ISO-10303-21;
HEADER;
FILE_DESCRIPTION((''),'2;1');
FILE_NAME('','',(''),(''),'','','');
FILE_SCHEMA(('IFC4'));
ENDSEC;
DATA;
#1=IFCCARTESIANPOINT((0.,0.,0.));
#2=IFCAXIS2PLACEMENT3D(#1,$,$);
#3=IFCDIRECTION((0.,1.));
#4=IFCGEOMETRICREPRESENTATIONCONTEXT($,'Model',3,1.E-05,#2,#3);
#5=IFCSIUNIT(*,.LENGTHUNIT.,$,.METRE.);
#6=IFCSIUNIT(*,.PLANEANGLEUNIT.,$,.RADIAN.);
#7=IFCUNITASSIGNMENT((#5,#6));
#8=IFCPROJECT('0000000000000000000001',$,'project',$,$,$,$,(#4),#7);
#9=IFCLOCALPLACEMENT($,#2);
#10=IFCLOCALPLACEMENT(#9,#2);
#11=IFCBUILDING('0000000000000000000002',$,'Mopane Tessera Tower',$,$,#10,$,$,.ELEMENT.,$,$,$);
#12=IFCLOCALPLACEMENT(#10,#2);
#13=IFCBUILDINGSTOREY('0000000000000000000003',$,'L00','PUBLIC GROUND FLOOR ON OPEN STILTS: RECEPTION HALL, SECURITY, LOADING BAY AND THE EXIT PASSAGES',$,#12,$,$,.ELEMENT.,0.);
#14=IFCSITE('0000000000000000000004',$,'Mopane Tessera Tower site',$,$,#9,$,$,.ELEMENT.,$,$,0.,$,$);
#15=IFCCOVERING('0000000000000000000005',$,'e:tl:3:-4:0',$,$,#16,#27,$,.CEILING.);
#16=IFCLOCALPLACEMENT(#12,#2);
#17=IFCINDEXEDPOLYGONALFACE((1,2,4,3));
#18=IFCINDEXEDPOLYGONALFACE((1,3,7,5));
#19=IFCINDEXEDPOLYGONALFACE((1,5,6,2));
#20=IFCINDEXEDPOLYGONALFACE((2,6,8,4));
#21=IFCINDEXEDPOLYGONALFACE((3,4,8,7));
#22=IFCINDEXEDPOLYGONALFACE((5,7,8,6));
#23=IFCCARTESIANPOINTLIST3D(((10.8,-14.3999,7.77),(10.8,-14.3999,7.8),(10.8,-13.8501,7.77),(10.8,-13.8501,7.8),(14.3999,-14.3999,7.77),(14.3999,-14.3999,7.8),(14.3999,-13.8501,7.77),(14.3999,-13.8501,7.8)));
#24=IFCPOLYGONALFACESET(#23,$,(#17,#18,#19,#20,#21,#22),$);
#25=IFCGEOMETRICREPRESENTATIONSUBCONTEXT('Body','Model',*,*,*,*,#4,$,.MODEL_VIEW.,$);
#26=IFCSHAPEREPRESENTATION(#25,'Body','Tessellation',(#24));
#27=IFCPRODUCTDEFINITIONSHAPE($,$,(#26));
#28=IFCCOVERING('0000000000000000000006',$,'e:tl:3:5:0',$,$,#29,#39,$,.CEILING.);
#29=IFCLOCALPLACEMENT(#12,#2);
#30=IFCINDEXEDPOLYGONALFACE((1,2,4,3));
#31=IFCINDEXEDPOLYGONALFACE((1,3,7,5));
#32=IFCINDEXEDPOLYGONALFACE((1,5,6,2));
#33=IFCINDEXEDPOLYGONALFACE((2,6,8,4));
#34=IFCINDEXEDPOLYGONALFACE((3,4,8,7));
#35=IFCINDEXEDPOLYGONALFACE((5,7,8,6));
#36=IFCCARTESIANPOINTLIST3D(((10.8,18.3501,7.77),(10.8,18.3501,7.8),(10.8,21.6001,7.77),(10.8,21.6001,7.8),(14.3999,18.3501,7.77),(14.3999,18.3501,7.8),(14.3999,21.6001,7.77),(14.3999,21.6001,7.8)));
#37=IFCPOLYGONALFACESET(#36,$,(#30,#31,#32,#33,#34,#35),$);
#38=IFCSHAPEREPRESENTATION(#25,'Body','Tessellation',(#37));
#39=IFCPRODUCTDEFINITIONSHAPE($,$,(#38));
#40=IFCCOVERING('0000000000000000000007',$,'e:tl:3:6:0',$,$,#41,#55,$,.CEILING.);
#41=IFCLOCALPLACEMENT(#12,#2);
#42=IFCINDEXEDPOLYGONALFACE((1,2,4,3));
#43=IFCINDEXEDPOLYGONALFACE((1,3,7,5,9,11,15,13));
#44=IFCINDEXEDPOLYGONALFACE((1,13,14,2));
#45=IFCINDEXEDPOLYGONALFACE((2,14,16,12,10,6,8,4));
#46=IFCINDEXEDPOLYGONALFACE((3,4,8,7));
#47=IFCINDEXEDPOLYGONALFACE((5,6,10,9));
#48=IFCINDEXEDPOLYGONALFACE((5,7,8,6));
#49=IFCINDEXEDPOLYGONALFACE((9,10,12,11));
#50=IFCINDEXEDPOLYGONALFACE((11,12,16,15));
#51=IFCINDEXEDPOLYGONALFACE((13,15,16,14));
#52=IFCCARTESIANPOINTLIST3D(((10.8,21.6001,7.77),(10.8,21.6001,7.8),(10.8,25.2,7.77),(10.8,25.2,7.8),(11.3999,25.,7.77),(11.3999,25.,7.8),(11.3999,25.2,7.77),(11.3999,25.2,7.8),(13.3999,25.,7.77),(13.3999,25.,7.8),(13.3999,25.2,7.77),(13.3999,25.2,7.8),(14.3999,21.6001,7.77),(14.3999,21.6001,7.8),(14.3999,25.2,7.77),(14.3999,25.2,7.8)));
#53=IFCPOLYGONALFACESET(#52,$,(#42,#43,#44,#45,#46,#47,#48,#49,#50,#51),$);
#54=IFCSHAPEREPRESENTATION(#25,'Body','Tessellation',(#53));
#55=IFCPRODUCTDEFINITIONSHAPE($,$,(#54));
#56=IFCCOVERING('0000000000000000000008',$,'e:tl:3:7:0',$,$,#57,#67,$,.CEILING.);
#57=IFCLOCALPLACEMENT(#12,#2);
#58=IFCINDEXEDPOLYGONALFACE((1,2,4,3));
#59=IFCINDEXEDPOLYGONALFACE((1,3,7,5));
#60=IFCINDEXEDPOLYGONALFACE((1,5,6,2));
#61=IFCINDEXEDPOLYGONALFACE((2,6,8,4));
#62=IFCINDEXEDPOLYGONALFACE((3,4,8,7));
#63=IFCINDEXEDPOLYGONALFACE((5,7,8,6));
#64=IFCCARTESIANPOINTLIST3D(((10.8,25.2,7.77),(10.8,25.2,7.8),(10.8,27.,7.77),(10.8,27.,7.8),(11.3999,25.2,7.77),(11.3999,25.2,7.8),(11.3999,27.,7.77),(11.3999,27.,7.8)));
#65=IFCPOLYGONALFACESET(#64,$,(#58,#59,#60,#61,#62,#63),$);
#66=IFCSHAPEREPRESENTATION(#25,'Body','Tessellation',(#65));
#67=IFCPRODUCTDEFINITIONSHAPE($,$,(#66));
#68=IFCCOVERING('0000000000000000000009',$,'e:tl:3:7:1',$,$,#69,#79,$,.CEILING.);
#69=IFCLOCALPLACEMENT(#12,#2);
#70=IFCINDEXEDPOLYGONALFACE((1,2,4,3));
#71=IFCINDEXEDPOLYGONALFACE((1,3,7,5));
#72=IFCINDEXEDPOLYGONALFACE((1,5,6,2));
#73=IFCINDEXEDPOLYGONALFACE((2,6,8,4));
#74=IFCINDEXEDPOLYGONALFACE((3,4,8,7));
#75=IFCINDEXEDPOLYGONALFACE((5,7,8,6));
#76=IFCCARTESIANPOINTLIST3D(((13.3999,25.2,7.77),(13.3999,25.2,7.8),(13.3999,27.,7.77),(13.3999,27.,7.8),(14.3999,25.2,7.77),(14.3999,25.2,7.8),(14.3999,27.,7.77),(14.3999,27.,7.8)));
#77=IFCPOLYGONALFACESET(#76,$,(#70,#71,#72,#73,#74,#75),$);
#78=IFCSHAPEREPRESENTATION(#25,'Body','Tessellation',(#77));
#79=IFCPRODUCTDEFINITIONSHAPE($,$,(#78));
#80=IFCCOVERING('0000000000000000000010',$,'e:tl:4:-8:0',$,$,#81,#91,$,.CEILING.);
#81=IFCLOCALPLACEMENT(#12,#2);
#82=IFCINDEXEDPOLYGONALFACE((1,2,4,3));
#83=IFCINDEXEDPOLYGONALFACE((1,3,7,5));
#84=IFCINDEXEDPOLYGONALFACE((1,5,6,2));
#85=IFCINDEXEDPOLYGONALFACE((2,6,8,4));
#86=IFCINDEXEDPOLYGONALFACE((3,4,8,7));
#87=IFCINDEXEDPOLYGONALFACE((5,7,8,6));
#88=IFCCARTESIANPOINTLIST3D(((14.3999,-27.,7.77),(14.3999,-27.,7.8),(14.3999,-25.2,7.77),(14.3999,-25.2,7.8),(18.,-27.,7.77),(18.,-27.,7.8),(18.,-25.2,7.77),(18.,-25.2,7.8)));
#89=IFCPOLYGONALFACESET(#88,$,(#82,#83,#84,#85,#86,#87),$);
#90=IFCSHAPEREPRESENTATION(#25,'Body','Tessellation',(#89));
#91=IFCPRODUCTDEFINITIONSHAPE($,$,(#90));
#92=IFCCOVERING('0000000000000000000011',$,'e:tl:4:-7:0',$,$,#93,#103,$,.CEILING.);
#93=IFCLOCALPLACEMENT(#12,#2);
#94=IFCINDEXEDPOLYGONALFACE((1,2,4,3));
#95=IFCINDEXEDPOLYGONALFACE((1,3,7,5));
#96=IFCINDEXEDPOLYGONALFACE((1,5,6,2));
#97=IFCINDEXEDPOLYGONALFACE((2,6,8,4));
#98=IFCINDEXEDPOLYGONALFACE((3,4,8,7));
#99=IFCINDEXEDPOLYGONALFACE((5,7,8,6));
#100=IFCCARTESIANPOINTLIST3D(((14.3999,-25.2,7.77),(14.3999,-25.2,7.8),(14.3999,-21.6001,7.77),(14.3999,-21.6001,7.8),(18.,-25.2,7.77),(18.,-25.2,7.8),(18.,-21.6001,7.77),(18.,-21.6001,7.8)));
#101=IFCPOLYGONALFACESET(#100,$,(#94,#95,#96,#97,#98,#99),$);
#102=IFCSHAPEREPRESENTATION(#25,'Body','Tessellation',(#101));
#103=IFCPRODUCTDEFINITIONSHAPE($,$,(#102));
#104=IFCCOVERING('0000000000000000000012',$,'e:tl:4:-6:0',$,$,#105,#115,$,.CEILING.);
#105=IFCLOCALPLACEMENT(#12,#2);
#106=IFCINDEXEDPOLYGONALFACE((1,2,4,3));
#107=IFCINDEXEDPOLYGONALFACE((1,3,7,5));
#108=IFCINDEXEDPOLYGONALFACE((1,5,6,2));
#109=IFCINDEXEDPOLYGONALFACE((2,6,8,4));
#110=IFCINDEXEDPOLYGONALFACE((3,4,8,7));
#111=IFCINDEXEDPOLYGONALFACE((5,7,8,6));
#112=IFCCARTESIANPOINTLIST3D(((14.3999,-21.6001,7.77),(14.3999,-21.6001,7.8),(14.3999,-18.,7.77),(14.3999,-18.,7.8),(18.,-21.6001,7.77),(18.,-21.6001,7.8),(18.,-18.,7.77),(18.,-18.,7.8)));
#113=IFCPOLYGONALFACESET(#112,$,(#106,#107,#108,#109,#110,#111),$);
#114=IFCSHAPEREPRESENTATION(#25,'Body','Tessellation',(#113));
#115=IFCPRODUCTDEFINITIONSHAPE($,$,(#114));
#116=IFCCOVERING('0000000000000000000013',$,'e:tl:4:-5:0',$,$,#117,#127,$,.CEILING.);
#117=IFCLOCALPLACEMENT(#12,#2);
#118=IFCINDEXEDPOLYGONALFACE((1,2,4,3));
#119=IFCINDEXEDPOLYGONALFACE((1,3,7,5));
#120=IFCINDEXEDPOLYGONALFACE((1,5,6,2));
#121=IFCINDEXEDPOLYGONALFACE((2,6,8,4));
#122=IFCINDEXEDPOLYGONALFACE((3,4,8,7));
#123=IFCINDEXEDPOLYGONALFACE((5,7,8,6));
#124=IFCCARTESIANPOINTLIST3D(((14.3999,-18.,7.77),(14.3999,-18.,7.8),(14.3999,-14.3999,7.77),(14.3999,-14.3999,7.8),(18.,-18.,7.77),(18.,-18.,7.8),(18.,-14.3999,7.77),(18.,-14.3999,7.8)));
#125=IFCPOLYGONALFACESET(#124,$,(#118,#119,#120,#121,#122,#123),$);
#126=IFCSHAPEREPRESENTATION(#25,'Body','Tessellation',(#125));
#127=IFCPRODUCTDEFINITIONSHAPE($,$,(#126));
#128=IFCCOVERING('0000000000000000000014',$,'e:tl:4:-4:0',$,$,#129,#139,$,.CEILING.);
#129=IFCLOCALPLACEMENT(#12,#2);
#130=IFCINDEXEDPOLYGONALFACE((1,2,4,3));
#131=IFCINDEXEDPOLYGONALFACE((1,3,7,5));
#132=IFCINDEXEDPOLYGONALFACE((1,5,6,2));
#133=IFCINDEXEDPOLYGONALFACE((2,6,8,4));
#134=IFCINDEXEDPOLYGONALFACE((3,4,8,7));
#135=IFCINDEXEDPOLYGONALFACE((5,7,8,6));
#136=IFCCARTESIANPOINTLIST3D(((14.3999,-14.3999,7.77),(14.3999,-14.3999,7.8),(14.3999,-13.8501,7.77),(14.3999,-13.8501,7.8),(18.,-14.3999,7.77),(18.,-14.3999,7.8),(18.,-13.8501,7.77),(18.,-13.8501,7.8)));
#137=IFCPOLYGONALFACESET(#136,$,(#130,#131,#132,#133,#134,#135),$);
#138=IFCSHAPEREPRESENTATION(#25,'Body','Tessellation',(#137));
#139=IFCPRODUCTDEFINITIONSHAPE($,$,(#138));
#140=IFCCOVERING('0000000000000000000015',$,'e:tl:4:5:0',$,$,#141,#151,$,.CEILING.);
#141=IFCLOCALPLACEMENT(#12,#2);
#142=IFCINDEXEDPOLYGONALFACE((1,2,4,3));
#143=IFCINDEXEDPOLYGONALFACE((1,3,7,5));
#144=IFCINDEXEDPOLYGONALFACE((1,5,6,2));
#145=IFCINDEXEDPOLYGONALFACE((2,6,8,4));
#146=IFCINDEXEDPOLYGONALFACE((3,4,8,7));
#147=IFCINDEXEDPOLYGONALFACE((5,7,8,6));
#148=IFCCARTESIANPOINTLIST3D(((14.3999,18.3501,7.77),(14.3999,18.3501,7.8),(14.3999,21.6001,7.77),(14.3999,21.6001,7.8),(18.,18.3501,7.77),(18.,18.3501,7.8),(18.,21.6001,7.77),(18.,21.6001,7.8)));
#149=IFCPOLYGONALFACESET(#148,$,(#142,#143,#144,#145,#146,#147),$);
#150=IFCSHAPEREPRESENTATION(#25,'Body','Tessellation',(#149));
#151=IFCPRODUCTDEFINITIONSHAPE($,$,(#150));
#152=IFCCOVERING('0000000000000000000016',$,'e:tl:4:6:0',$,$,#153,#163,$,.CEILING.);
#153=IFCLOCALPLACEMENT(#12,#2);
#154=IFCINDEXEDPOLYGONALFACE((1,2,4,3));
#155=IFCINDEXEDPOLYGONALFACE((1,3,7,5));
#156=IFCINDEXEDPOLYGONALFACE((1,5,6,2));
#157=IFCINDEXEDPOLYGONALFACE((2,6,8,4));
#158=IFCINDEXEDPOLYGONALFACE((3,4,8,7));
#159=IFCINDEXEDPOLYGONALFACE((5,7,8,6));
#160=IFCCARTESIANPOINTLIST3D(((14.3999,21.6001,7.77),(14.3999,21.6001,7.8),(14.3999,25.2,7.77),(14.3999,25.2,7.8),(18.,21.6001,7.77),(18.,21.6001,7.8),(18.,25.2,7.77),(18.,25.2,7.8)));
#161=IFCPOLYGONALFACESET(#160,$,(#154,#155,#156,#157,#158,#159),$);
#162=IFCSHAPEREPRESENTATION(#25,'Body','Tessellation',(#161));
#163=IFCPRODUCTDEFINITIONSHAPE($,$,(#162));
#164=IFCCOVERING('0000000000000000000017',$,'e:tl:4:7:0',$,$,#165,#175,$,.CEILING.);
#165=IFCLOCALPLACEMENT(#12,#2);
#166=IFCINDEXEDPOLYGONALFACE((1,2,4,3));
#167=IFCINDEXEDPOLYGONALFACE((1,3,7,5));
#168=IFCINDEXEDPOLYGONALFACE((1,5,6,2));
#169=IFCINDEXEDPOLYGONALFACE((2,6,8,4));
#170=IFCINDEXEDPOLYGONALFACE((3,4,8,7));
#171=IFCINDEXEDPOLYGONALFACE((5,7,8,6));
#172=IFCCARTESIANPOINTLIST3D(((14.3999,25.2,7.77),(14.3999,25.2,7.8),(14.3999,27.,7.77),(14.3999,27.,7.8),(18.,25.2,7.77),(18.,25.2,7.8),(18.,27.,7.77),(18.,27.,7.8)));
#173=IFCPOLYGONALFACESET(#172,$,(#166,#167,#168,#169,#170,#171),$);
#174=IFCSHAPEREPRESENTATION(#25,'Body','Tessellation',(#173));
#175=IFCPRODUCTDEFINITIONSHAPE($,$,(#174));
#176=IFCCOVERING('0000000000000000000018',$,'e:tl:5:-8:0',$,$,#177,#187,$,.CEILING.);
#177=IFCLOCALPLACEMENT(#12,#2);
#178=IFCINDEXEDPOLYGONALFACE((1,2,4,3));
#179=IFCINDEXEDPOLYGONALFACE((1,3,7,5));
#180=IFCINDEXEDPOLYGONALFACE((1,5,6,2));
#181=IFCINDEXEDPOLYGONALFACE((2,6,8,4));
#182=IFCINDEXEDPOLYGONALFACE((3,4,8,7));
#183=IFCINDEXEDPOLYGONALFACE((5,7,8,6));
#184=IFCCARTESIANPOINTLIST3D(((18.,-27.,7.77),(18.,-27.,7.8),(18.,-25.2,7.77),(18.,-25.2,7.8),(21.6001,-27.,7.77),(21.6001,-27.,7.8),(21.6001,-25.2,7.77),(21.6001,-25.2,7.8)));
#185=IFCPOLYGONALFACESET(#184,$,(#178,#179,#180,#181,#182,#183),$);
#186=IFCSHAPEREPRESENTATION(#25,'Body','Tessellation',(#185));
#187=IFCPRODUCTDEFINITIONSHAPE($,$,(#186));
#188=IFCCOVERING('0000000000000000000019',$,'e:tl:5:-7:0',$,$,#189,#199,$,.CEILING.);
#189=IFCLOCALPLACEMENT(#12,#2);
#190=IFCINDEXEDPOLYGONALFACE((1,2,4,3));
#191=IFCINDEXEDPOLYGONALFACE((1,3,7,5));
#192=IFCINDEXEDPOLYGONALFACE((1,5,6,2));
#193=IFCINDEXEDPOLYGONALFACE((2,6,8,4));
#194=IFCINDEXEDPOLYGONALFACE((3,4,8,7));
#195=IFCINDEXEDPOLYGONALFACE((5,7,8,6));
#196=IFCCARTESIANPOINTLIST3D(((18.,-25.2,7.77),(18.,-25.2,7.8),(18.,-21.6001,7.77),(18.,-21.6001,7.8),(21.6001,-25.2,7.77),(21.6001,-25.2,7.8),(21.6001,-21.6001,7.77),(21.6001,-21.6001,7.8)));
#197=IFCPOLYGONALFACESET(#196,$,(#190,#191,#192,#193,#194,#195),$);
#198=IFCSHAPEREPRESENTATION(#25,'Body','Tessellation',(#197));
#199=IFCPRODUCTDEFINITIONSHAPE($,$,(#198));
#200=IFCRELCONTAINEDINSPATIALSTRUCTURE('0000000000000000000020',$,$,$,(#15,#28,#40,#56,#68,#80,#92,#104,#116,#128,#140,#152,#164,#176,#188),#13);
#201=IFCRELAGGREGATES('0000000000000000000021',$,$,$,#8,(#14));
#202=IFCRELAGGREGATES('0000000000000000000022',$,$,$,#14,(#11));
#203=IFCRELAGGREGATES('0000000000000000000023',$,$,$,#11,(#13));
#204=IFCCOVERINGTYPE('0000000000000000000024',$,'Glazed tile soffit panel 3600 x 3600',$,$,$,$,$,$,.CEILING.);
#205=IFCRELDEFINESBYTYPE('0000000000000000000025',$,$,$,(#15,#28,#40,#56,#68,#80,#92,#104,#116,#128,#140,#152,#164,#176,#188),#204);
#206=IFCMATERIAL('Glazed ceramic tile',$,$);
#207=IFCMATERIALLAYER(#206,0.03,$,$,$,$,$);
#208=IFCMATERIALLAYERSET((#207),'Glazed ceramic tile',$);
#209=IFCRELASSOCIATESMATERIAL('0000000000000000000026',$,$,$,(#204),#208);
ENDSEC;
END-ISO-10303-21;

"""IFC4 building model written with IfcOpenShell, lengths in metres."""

from ifc_helpers import new_model, si_unit, direction, frame, origin, place, context, subcontext, project, spatial, polyline, outline, extrude, material, layer, layer_set, type_object, element, save


model = new_model("IFC4")

# Units and contexts
model_context = context("Model", 3, precision=1e-05, world=origin(), true_north=direction((0.0, 1.0)))
body_context = subcontext(model_context, "Body", "Model", "MODEL_VIEW")
ifc_project = project(units=[si_unit("LENGTHUNIT", "METRE"), si_unit("PLANEANGLEUNIT", "RADIAN")], contexts=[model_context])

# Site, building, storey
site_placement = place(None, origin())
site = spatial("IfcSite", under=ifc_project, at=site_placement, Name="Mopane Tessera Tower site", CompositionType="ELEMENT", RefElevation=0.0)
building_placement = place(site_placement, origin())
building = spatial("IfcBuilding", under=site, at=building_placement, Name="Mopane Tessera Tower", CompositionType="ELEMENT")
storey_placement = place(building_placement, origin())
storey = spatial("IfcBuildingStorey", under=building, at=storey_placement, Name="L00", Description="PUBLIC GROUND FLOOR ON OPEN STILTS: RECEPTION HALL, SECURITY, LOADING BAY AND THE EXIT PASSAGES", CompositionType="ELEMENT", Elevation=0.0)

# Coverings
ifc_material = material(Name="Glazed ceramic tile")
ifc_layer = layer(ifc_material, 0.03)
ifc_layer_set = layer_set([ifc_layer], Name="Glazed ceramic tile")
covering_type = type_object("IfcCoveringType", Name="Glazed tile soffit panel 3600 x 3600", PredefinedType="CEILING", material=ifc_layer_set)
covering_1_placement = place(storey_placement, frame((0.0, 0.0, 7.77)))
element("IfcCovering", 1, at=covering_1_placement, inside=storey, type_object=covering_type, Name="e:tl:3:-4:0", PredefinedType="CEILING", context=body_context, shape_type="SweptSolid", body=[
    extrude(outline(polyline([(14.3999, -13.8501), (14.3999, -14.3999), (10.8, -14.3999), (10.8, -13.8501), (14.3999, -13.8501)])), origin(), (0.0, 0.0, 1.0), 0.03),
])
covering_2_placement = place(storey_placement, frame((0.0, 0.0, 7.77)))
element("IfcCovering", 2, at=covering_2_placement, inside=storey, type_object=covering_type, Name="e:tl:3:5:0", PredefinedType="CEILING", context=body_context, shape_type="SweptSolid", body=[
    extrude(outline(polyline([(10.8, 18.3501), (10.8, 21.6001), (14.3999, 21.6001), (14.3999, 18.3501), (10.8, 18.3501)])), origin(), (0.0, 0.0, 1.0), 0.03),
])
covering_3_placement = place(storey_placement, frame((0.0, 0.0, 7.77)))
element("IfcCovering", 3, at=covering_3_placement, inside=storey, type_object=covering_type, Name="e:tl:3:6:0", PredefinedType="CEILING", context=body_context, shape_type="SweptSolid", body=[
    extrude(outline(polyline([(11.3999, 25.0), (13.3999, 25.0), (13.3999, 25.2), (14.3999, 25.2), (14.3999, 21.6001), (10.8, 21.6001), (10.8, 25.2), (11.3999, 25.2), (11.3999, 25.0)])), origin(), (0.0, 0.0, 1.0), 0.03),
])
covering_4_placement = place(storey_placement, frame((0.0, 0.0, 7.77)))
element("IfcCovering", 4, at=covering_4_placement, inside=storey, type_object=covering_type, Name="e:tl:3:7:0", PredefinedType="CEILING", context=body_context, shape_type="SweptSolid", body=[
    extrude(outline(polyline([(11.3999, 27.0), (11.3999, 25.2), (10.8, 25.2), (10.8, 27.0), (11.3999, 27.0)])), origin(), (0.0, 0.0, 1.0), 0.03),
])
covering_5_placement = place(storey_placement, frame((0.0, 0.0, 7.77)))
element("IfcCovering", 5, at=covering_5_placement, inside=storey, type_object=covering_type, Name="e:tl:3:7:1", PredefinedType="CEILING", context=body_context, shape_type="SweptSolid", body=[
    extrude(outline(polyline([(13.3999, 27.0), (14.3999, 27.0), (14.3999, 25.2), (13.3999, 25.2), (13.3999, 27.0)])), origin(), (0.0, 0.0, 1.0), 0.03),
])
covering_6_placement = place(storey_placement, frame((0.0, 0.0, 7.77)))
element("IfcCovering", 6, at=covering_6_placement, inside=storey, type_object=covering_type, Name="e:tl:4:-8:0", PredefinedType="CEILING", context=body_context, shape_type="SweptSolid", body=[
    extrude(outline(polyline([(14.3999, -27.0), (14.3999, -25.2), (18.0, -25.2), (18.0, -27.0), (14.3999, -27.0)])), origin(), (0.0, 0.0, 1.0), 0.03),
])
covering_7_placement = place(storey_placement, frame((0.0, 0.0, 7.77)))
element("IfcCovering", 7, at=covering_7_placement, inside=storey, type_object=covering_type, Name="e:tl:4:-7:0", PredefinedType="CEILING", context=body_context, shape_type="SweptSolid", body=[
    extrude(outline(polyline([(14.3999, -25.2), (14.3999, -21.6001), (18.0, -21.6001), (18.0, -25.2), (14.3999, -25.2)])), origin(), (0.0, 0.0, 1.0), 0.03),
])
covering_8_placement = place(storey_placement, frame((0.0, 0.0, 7.77)))
element("IfcCovering", 8, at=covering_8_placement, inside=storey, type_object=covering_type, Name="e:tl:4:-6:0", PredefinedType="CEILING", context=body_context, shape_type="SweptSolid", body=[
    extrude(outline(polyline([(14.3999, -21.6001), (14.3999, -18.0), (18.0, -18.0), (18.0, -21.6001), (14.3999, -21.6001)])), origin(), (0.0, 0.0, 1.0), 0.03),
])
covering_9_placement = place(storey_placement, frame((0.0, 0.0, 7.77)))
element("IfcCovering", 9, at=covering_9_placement, inside=storey, type_object=covering_type, Name="e:tl:4:-5:0", PredefinedType="CEILING", context=body_context, shape_type="SweptSolid", body=[
    extrude(outline(polyline([(14.3999, -18.0), (14.3999, -14.3999), (18.0, -14.3999), (18.0, -18.0), (14.3999, -18.0)])), origin(), (0.0, 0.0, 1.0), 0.03),
])
covering_10_placement = place(storey_placement, frame((0.0, 0.0, 7.77)))
element("IfcCovering", 10, at=covering_10_placement, inside=storey, type_object=covering_type, Name="e:tl:4:-4:0", PredefinedType="CEILING", context=body_context, shape_type="SweptSolid", body=[
    extrude(outline(polyline([(18.0, -13.8501), (18.0, -14.3999), (14.3999, -14.3999), (14.3999, -13.8501), (18.0, -13.8501)])), origin(), (0.0, 0.0, 1.0), 0.03),
])
covering_11_placement = place(storey_placement, frame((0.0, 0.0, 7.77)))
element("IfcCovering", 11, at=covering_11_placement, inside=storey, type_object=covering_type, Name="e:tl:4:5:0", PredefinedType="CEILING", context=body_context, shape_type="SweptSolid", body=[
    extrude(outline(polyline([(14.3999, 18.3501), (14.3999, 21.6001), (18.0, 21.6001), (18.0, 18.3501), (14.3999, 18.3501)])), origin(), (0.0, 0.0, 1.0), 0.03),
])
covering_12_placement = place(storey_placement, frame((0.0, 0.0, 7.77)))
element("IfcCovering", 12, at=covering_12_placement, inside=storey, type_object=covering_type, Name="e:tl:4:6:0", PredefinedType="CEILING", context=body_context, shape_type="SweptSolid", body=[
    extrude(outline(polyline([(14.3999, 21.6001), (14.3999, 25.2), (18.0, 25.2), (18.0, 21.6001), (14.3999, 21.6001)])), origin(), (0.0, 0.0, 1.0), 0.03),
])
covering_13_placement = place(storey_placement, frame((0.0, 0.0, 7.77)))
element("IfcCovering", 13, at=covering_13_placement, inside=storey, type_object=covering_type, Name="e:tl:4:7:0", PredefinedType="CEILING", context=body_context, shape_type="SweptSolid", body=[
    extrude(outline(polyline([(18.0, 27.0), (18.0, 25.2), (14.3999, 25.2), (14.3999, 27.0), (18.0, 27.0)])), origin(), (0.0, 0.0, 1.0), 0.03),
])
covering_14_placement = place(storey_placement, frame((0.0, 0.0, 7.77)))
element("IfcCovering", 14, at=covering_14_placement, inside=storey, type_object=covering_type, Name="e:tl:5:-8:0", PredefinedType="CEILING", context=body_context, shape_type="SweptSolid", body=[
    extrude(outline(polyline([(18.0, -27.0), (18.0, -25.2), (21.6001, -25.2), (21.6001, -27.0), (18.0, -27.0)])), origin(), (0.0, 0.0, 1.0), 0.03),
])
covering_15_placement = place(storey_placement, frame((0.0, 0.0, 7.77)))
element("IfcCovering", 15, at=covering_15_placement, inside=storey, type_object=covering_type, Name="e:tl:5:-7:0", PredefinedType="CEILING", context=body_context, shape_type="SweptSolid", body=[
    extrude(outline(polyline([(18.0, -25.2), (18.0, -21.6001), (21.6001, -21.6001), (21.6001, -25.2), (18.0, -25.2)])), origin(), (0.0, 0.0, 1.0), 0.03),
])

save(model, "model.ifc")
